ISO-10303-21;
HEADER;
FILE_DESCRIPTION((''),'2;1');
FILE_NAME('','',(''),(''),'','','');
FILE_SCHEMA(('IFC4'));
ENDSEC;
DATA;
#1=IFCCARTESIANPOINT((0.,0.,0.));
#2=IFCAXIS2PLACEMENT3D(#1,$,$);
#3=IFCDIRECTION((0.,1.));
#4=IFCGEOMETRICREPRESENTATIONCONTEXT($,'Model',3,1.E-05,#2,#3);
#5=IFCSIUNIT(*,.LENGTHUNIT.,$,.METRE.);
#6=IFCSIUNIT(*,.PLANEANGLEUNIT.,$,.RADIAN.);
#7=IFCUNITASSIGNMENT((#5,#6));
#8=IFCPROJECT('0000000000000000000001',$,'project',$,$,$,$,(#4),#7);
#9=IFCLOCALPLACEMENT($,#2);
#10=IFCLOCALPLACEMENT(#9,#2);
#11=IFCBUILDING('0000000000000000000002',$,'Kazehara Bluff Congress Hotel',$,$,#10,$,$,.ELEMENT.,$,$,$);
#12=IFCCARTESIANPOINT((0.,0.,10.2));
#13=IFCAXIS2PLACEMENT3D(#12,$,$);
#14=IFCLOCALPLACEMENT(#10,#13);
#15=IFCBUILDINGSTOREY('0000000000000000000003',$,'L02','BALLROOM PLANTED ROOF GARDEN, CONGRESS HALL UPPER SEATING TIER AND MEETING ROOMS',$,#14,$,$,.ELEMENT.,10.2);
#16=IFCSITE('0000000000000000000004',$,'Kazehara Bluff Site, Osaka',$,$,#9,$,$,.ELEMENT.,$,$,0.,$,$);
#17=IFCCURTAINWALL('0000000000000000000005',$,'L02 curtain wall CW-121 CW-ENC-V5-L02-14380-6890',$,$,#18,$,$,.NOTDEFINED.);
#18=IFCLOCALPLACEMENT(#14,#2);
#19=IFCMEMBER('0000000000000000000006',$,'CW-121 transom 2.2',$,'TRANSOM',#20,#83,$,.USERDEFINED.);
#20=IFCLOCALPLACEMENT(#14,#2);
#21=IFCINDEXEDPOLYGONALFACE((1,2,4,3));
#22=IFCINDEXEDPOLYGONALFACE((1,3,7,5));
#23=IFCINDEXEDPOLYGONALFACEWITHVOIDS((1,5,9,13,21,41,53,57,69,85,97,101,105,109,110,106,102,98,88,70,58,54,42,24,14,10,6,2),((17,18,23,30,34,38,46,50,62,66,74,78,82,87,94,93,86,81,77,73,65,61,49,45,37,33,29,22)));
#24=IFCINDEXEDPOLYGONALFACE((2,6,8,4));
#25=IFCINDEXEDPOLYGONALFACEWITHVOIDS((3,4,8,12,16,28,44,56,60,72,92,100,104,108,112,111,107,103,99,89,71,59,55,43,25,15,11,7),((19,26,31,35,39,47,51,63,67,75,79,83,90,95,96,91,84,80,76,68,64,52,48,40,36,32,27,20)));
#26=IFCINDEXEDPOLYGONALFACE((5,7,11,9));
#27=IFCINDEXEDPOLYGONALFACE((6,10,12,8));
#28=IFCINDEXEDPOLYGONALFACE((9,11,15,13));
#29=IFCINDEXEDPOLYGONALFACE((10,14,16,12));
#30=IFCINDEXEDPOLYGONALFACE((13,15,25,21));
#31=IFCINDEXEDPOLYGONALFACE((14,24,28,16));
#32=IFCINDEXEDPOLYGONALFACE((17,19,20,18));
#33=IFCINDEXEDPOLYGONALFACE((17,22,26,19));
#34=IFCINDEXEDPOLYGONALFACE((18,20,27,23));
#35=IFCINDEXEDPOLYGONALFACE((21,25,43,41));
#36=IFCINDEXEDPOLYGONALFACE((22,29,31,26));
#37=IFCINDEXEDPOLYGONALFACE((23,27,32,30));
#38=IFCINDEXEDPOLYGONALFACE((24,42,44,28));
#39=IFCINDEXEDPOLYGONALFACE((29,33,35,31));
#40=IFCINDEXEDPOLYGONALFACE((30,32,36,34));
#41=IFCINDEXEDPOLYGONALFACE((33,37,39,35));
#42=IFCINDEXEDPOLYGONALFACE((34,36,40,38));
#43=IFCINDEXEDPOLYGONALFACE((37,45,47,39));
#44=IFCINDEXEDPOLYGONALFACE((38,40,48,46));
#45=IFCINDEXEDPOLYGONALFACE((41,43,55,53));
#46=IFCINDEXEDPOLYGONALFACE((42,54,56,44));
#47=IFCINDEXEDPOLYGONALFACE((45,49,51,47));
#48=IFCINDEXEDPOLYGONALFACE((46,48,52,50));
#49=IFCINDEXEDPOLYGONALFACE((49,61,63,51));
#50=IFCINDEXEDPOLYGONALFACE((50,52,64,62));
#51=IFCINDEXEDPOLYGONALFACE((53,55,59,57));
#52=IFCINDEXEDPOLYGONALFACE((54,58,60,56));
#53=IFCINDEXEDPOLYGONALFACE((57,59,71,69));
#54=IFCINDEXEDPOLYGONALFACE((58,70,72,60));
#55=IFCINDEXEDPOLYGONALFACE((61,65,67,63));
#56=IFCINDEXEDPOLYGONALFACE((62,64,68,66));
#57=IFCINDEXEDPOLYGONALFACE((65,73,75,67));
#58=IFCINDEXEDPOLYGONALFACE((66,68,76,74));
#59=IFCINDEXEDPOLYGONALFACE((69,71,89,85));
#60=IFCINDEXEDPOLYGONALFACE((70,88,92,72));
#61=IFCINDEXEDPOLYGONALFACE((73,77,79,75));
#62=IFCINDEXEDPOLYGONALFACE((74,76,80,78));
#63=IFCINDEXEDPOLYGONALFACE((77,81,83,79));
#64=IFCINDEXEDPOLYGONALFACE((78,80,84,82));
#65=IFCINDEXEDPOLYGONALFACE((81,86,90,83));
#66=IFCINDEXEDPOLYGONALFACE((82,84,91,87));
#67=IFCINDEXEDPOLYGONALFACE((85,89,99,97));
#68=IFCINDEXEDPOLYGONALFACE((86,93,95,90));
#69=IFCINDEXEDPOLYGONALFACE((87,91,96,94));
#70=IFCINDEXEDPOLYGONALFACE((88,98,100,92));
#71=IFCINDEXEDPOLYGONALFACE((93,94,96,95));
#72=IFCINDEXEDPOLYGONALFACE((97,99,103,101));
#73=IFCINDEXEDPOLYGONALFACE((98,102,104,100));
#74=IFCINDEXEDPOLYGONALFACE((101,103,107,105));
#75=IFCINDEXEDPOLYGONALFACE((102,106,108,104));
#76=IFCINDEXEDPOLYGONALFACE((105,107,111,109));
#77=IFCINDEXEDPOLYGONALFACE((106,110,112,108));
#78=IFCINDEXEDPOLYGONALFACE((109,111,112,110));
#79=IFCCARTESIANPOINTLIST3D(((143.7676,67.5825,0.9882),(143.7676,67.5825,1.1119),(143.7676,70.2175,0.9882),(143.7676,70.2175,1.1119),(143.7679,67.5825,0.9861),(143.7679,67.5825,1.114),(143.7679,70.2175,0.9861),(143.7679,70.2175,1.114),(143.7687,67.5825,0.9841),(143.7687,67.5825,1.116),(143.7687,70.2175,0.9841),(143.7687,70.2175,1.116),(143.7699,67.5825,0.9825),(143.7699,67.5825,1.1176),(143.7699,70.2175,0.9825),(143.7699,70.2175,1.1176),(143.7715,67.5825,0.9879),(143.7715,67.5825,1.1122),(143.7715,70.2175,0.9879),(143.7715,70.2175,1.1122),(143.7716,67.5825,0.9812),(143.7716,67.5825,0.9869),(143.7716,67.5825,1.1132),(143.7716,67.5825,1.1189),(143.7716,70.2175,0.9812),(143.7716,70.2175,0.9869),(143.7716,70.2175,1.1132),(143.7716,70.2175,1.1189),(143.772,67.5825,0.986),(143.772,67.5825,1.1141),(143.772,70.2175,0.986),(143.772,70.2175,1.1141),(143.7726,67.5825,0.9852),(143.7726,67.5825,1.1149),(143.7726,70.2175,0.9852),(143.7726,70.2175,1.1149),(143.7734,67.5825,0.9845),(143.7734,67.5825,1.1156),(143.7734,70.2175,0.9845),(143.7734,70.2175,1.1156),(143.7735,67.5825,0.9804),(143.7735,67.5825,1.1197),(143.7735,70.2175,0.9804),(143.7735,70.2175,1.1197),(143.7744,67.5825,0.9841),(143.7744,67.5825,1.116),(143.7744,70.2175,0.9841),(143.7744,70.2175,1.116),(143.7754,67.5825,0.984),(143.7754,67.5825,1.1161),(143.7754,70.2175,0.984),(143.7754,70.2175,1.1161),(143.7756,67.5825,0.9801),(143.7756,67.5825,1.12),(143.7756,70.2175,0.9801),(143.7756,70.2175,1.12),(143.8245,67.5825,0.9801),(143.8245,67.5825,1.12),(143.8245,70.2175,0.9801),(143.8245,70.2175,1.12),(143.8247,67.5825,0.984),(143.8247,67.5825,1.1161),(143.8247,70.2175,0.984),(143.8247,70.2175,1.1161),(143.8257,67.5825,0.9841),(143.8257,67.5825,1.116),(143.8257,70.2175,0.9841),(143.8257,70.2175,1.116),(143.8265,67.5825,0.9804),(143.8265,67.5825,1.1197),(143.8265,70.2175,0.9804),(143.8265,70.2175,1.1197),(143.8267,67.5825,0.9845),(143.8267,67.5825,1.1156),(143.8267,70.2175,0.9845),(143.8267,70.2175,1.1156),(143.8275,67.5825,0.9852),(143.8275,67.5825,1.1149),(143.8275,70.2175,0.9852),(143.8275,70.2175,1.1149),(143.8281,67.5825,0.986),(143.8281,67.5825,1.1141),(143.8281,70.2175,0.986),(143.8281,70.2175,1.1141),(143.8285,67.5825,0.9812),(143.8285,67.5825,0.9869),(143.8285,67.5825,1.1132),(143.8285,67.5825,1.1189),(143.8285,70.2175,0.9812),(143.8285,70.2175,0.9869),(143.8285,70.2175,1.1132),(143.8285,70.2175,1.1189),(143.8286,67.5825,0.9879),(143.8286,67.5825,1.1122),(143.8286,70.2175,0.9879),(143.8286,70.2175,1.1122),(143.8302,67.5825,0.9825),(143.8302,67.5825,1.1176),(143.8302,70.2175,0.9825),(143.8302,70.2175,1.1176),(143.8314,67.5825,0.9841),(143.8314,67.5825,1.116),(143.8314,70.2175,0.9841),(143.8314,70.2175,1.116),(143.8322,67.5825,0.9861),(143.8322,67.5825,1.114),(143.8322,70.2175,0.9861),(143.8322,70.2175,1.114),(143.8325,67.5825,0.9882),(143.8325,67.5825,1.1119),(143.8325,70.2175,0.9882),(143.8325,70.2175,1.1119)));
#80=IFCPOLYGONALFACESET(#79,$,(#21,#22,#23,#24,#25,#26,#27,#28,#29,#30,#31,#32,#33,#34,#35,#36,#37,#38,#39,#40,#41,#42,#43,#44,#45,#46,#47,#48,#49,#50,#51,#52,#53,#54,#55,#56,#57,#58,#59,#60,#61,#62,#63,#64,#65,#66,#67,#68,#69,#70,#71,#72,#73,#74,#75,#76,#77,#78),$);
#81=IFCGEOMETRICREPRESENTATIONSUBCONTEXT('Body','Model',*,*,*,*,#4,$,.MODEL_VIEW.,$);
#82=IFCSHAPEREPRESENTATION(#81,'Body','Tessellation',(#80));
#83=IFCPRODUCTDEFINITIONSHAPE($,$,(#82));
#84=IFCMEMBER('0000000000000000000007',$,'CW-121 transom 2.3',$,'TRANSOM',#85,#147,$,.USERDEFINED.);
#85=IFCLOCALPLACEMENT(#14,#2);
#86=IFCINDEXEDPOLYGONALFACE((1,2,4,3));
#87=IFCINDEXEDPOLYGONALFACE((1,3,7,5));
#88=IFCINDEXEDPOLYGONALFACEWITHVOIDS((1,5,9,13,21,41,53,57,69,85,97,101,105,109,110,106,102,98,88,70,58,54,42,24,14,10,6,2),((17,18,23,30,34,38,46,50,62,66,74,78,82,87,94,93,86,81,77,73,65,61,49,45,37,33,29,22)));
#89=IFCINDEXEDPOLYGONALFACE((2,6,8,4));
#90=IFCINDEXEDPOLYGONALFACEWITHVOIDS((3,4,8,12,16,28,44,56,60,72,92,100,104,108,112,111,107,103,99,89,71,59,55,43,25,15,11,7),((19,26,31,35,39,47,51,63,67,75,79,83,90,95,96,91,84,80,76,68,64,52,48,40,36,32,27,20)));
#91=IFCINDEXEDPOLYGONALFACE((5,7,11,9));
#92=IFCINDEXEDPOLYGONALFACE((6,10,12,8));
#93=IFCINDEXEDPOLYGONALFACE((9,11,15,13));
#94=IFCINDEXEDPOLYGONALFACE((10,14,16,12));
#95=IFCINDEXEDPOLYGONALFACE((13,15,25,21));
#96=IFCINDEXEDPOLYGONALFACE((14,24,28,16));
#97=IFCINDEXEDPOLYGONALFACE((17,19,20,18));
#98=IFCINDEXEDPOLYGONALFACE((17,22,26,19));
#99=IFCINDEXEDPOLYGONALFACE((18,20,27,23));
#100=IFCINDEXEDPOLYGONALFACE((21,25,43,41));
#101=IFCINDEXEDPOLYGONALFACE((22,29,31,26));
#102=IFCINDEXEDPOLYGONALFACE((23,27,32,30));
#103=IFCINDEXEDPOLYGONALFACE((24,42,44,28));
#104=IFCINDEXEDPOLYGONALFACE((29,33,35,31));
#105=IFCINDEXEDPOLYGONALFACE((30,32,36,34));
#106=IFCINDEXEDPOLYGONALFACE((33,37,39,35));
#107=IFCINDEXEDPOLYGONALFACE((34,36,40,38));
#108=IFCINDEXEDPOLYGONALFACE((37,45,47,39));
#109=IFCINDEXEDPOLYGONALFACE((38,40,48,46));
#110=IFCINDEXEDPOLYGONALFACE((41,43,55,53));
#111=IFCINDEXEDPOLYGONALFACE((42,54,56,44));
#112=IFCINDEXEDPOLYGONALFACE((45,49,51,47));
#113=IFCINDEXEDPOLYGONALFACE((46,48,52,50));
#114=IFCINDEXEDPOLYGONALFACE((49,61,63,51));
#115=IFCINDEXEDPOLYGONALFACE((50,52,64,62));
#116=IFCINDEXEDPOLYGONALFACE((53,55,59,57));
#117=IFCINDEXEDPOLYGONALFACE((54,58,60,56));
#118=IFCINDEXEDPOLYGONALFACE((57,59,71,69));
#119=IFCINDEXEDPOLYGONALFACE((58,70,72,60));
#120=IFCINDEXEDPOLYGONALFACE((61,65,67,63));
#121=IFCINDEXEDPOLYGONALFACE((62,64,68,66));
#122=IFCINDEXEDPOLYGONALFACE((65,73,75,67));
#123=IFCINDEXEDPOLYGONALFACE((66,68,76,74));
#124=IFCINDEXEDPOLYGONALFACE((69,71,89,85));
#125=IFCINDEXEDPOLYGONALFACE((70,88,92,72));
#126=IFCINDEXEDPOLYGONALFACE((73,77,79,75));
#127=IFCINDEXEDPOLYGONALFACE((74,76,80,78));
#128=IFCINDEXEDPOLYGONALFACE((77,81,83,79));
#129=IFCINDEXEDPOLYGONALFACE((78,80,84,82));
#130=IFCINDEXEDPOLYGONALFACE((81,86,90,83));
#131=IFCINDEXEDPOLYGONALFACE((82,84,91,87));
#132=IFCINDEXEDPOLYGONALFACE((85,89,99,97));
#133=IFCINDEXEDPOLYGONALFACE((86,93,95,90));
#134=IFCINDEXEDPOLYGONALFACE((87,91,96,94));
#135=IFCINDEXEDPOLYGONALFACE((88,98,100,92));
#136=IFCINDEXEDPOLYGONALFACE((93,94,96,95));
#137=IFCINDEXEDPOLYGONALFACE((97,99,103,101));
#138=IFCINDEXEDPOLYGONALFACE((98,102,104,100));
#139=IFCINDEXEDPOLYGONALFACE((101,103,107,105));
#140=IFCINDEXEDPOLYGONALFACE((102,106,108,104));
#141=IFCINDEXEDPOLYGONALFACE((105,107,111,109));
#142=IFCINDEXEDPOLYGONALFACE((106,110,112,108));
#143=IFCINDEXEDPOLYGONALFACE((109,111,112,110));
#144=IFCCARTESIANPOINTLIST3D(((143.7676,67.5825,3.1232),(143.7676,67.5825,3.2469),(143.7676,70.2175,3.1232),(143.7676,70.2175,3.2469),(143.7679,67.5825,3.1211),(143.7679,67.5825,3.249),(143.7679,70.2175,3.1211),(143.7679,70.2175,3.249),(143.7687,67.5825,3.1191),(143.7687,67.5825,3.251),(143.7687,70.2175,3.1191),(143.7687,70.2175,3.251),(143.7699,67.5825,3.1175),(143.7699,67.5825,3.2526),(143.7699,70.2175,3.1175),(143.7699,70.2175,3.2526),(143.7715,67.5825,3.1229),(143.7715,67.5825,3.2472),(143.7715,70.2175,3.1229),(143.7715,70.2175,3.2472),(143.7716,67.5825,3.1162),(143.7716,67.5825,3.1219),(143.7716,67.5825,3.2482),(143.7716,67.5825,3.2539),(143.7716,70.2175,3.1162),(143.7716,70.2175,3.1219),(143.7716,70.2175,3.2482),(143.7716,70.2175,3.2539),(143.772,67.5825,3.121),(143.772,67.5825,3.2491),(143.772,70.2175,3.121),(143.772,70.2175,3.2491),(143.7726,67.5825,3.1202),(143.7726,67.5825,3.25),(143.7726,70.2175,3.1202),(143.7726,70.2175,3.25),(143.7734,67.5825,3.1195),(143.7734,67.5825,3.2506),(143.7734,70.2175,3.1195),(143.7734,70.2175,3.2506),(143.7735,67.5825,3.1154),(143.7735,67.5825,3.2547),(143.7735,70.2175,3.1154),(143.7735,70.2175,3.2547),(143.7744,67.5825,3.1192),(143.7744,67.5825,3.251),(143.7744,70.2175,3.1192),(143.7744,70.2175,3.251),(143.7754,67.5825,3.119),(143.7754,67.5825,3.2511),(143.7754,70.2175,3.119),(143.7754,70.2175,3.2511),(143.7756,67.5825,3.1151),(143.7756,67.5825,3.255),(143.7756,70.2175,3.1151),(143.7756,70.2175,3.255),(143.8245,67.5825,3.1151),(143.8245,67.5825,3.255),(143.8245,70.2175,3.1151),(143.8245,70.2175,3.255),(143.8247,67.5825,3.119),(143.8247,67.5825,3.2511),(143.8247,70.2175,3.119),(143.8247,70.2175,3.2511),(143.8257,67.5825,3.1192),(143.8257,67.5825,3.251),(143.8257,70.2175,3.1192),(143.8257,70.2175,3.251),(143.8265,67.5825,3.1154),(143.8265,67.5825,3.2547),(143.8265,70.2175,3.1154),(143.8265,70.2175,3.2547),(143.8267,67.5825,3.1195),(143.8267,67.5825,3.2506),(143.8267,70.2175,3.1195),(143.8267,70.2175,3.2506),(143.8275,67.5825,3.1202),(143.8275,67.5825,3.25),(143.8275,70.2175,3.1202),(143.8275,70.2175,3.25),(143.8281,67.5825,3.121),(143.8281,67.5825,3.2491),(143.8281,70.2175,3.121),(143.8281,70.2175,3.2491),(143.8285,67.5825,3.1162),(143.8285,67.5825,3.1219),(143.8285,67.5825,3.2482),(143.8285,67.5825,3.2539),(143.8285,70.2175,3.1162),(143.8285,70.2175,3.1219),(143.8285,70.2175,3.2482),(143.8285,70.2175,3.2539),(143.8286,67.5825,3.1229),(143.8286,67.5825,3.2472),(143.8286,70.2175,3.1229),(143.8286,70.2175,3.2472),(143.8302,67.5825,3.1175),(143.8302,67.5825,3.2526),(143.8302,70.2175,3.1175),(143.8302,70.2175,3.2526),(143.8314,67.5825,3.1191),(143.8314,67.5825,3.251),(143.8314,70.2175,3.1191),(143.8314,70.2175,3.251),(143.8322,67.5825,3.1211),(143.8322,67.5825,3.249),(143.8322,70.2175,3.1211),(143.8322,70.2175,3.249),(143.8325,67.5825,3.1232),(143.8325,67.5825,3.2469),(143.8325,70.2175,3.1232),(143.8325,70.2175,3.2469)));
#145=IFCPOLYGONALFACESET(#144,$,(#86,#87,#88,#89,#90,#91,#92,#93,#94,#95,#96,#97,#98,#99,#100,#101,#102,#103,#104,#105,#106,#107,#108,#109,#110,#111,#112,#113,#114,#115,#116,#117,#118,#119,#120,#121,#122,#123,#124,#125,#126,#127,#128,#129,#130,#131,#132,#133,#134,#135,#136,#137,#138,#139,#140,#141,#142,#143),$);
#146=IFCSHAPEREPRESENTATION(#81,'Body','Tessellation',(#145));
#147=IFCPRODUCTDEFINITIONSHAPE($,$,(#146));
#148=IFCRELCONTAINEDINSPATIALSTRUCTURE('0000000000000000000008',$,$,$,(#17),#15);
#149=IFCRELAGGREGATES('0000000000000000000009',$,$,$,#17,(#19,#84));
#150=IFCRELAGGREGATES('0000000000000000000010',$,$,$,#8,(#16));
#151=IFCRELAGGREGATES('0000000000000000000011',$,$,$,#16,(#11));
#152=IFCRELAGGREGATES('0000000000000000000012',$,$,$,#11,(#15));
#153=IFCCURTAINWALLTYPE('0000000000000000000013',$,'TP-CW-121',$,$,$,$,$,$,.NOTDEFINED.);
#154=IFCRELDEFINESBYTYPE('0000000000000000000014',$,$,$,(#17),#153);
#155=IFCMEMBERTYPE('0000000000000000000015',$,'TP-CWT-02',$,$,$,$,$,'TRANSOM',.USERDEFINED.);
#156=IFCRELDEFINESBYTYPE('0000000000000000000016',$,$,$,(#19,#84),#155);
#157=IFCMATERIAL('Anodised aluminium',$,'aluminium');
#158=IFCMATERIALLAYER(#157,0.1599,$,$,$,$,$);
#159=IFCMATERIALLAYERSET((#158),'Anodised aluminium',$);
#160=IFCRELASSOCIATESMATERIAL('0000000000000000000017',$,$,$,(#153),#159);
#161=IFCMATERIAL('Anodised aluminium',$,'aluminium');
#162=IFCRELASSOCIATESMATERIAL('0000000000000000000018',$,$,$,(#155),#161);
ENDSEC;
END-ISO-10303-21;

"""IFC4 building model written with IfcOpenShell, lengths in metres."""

from ifc_helpers import new_model, si_unit, direction, frame, origin, origin_2d, place, context, subcontext, project, spatial, hollow_rectangle, extrude, material, layer, layer_set, material_profile, profile_set, type_object, element, aggregate, save


model = new_model("IFC4")

# Units and contexts
model_context = context("Model", 3, precision=1e-05, world=origin(), true_north=direction((0.0, 1.0)))
body_context = subcontext(model_context, "Body", "Model", "MODEL_VIEW")
ifc_project = project(units=[si_unit("LENGTHUNIT", "METRE"), si_unit("PLANEANGLEUNIT", "RADIAN")], contexts=[model_context])

# Site, building, storey
site_placement = place(None, origin())
site = spatial("IfcSite", under=ifc_project, at=site_placement, Name="Kazehara Bluff Site, Osaka", CompositionType="ELEMENT", RefElevation=0.0)
building_placement = place(site_placement, origin())
building = spatial("IfcBuilding", under=site, at=building_placement, Name="Kazehara Bluff Congress Hotel", CompositionType="ELEMENT")
storey_placement = place(building_placement, frame((0.0, 0.0, 10.2)))
storey = spatial("IfcBuildingStorey", under=building, at=storey_placement, Name="L02", Description="BALLROOM PLANTED ROOF GARDEN, CONGRESS HALL UPPER SEATING TIER AND MEETING ROOMS", CompositionType="ELEMENT", Elevation=10.2)

# Curtain wall, members
ifc_material_1 = material(Name="Anodised aluminium", Category="aluminium")
ifc_layer_1 = layer(ifc_material_1, 0.1599)
ifc_layer_set_1 = layer_set([ifc_layer_1], Name="Anodised aluminium")
curtain_wall_type_1 = type_object("IfcCurtainWallType", Name="TP-CW-121", PredefinedType="NOTDEFINED", material=ifc_layer_set_1)
curtain_wall_1_placement = place(storey_placement, origin())
curtain_wall_1 = element("IfcCurtainWall", 1, at=curtain_wall_1_placement, inside=storey, type_object=curtain_wall_type_1, Name="L02 curtain wall CW-121 CW-ENC-V5-L02-14380-6890", PredefinedType="NOTDEFINED")
ifc_material_2 = material(Name="Anodised aluminium", Category="aluminium")
ifc_material_profile_1 = material_profile(ifc_material_2, hollow_rectangle(XDim=0.0649, YDim=0.1399, WallThickness=0.0039, InnerFilletRadius=0.0039, OuterFilletRadius=0.0081, at=origin_2d()))
ifc_profile_set_1 = profile_set([ifc_material_profile_1], Name="Anodised aluminium")
member_type_1 = type_object("IfcMemberType", Name="TP-CWT-02", ElementType="TRANSOM", PredefinedType="USERDEFINED", material=ifc_profile_set_1)
member_1_placement = place(storey_placement, frame((143.8, 67.5825, 1.05), z_axis=(0.0, 1.0, 0.0), x_axis=(-1.0, 0.0, 0.0)))
member_1 = element("IfcMember", 2, at=member_1_placement, type_object=member_type_1, Name="CW-121 transom 2.2", ObjectType="TRANSOM", PredefinedType="USERDEFINED", context=body_context, shape_type="SweptSolid", body=[
    extrude(hollow_rectangle(XDim=0.0649, YDim=0.1399, WallThickness=0.0039, InnerFilletRadius=0.0039, OuterFilletRadius=0.0081, at=origin_2d()), origin(), (0.0, 0.0, 1.0), 2.635),
])
member_2_placement = place(storey_placement, frame((143.8, 67.5825, 3.1851), z_axis=(0.0, 1.0, 0.0), x_axis=(-1.0, 0.0, 0.0)))
member_2 = element("IfcMember", 3, at=member_2_placement, type_object=member_type_1, Name="CW-121 transom 2.3", ObjectType="TRANSOM", PredefinedType="USERDEFINED", context=body_context, shape_type="SweptSolid", body=[
    extrude(hollow_rectangle(XDim=0.0649, YDim=0.1399, WallThickness=0.0039, InnerFilletRadius=0.0039, OuterFilletRadius=0.0081, at=origin_2d()), origin(), (0.0, 0.0, 1.0), 2.635),
])

aggregate(curtain_wall_1, [member_1, member_2])

save(model, "model.ifc")
